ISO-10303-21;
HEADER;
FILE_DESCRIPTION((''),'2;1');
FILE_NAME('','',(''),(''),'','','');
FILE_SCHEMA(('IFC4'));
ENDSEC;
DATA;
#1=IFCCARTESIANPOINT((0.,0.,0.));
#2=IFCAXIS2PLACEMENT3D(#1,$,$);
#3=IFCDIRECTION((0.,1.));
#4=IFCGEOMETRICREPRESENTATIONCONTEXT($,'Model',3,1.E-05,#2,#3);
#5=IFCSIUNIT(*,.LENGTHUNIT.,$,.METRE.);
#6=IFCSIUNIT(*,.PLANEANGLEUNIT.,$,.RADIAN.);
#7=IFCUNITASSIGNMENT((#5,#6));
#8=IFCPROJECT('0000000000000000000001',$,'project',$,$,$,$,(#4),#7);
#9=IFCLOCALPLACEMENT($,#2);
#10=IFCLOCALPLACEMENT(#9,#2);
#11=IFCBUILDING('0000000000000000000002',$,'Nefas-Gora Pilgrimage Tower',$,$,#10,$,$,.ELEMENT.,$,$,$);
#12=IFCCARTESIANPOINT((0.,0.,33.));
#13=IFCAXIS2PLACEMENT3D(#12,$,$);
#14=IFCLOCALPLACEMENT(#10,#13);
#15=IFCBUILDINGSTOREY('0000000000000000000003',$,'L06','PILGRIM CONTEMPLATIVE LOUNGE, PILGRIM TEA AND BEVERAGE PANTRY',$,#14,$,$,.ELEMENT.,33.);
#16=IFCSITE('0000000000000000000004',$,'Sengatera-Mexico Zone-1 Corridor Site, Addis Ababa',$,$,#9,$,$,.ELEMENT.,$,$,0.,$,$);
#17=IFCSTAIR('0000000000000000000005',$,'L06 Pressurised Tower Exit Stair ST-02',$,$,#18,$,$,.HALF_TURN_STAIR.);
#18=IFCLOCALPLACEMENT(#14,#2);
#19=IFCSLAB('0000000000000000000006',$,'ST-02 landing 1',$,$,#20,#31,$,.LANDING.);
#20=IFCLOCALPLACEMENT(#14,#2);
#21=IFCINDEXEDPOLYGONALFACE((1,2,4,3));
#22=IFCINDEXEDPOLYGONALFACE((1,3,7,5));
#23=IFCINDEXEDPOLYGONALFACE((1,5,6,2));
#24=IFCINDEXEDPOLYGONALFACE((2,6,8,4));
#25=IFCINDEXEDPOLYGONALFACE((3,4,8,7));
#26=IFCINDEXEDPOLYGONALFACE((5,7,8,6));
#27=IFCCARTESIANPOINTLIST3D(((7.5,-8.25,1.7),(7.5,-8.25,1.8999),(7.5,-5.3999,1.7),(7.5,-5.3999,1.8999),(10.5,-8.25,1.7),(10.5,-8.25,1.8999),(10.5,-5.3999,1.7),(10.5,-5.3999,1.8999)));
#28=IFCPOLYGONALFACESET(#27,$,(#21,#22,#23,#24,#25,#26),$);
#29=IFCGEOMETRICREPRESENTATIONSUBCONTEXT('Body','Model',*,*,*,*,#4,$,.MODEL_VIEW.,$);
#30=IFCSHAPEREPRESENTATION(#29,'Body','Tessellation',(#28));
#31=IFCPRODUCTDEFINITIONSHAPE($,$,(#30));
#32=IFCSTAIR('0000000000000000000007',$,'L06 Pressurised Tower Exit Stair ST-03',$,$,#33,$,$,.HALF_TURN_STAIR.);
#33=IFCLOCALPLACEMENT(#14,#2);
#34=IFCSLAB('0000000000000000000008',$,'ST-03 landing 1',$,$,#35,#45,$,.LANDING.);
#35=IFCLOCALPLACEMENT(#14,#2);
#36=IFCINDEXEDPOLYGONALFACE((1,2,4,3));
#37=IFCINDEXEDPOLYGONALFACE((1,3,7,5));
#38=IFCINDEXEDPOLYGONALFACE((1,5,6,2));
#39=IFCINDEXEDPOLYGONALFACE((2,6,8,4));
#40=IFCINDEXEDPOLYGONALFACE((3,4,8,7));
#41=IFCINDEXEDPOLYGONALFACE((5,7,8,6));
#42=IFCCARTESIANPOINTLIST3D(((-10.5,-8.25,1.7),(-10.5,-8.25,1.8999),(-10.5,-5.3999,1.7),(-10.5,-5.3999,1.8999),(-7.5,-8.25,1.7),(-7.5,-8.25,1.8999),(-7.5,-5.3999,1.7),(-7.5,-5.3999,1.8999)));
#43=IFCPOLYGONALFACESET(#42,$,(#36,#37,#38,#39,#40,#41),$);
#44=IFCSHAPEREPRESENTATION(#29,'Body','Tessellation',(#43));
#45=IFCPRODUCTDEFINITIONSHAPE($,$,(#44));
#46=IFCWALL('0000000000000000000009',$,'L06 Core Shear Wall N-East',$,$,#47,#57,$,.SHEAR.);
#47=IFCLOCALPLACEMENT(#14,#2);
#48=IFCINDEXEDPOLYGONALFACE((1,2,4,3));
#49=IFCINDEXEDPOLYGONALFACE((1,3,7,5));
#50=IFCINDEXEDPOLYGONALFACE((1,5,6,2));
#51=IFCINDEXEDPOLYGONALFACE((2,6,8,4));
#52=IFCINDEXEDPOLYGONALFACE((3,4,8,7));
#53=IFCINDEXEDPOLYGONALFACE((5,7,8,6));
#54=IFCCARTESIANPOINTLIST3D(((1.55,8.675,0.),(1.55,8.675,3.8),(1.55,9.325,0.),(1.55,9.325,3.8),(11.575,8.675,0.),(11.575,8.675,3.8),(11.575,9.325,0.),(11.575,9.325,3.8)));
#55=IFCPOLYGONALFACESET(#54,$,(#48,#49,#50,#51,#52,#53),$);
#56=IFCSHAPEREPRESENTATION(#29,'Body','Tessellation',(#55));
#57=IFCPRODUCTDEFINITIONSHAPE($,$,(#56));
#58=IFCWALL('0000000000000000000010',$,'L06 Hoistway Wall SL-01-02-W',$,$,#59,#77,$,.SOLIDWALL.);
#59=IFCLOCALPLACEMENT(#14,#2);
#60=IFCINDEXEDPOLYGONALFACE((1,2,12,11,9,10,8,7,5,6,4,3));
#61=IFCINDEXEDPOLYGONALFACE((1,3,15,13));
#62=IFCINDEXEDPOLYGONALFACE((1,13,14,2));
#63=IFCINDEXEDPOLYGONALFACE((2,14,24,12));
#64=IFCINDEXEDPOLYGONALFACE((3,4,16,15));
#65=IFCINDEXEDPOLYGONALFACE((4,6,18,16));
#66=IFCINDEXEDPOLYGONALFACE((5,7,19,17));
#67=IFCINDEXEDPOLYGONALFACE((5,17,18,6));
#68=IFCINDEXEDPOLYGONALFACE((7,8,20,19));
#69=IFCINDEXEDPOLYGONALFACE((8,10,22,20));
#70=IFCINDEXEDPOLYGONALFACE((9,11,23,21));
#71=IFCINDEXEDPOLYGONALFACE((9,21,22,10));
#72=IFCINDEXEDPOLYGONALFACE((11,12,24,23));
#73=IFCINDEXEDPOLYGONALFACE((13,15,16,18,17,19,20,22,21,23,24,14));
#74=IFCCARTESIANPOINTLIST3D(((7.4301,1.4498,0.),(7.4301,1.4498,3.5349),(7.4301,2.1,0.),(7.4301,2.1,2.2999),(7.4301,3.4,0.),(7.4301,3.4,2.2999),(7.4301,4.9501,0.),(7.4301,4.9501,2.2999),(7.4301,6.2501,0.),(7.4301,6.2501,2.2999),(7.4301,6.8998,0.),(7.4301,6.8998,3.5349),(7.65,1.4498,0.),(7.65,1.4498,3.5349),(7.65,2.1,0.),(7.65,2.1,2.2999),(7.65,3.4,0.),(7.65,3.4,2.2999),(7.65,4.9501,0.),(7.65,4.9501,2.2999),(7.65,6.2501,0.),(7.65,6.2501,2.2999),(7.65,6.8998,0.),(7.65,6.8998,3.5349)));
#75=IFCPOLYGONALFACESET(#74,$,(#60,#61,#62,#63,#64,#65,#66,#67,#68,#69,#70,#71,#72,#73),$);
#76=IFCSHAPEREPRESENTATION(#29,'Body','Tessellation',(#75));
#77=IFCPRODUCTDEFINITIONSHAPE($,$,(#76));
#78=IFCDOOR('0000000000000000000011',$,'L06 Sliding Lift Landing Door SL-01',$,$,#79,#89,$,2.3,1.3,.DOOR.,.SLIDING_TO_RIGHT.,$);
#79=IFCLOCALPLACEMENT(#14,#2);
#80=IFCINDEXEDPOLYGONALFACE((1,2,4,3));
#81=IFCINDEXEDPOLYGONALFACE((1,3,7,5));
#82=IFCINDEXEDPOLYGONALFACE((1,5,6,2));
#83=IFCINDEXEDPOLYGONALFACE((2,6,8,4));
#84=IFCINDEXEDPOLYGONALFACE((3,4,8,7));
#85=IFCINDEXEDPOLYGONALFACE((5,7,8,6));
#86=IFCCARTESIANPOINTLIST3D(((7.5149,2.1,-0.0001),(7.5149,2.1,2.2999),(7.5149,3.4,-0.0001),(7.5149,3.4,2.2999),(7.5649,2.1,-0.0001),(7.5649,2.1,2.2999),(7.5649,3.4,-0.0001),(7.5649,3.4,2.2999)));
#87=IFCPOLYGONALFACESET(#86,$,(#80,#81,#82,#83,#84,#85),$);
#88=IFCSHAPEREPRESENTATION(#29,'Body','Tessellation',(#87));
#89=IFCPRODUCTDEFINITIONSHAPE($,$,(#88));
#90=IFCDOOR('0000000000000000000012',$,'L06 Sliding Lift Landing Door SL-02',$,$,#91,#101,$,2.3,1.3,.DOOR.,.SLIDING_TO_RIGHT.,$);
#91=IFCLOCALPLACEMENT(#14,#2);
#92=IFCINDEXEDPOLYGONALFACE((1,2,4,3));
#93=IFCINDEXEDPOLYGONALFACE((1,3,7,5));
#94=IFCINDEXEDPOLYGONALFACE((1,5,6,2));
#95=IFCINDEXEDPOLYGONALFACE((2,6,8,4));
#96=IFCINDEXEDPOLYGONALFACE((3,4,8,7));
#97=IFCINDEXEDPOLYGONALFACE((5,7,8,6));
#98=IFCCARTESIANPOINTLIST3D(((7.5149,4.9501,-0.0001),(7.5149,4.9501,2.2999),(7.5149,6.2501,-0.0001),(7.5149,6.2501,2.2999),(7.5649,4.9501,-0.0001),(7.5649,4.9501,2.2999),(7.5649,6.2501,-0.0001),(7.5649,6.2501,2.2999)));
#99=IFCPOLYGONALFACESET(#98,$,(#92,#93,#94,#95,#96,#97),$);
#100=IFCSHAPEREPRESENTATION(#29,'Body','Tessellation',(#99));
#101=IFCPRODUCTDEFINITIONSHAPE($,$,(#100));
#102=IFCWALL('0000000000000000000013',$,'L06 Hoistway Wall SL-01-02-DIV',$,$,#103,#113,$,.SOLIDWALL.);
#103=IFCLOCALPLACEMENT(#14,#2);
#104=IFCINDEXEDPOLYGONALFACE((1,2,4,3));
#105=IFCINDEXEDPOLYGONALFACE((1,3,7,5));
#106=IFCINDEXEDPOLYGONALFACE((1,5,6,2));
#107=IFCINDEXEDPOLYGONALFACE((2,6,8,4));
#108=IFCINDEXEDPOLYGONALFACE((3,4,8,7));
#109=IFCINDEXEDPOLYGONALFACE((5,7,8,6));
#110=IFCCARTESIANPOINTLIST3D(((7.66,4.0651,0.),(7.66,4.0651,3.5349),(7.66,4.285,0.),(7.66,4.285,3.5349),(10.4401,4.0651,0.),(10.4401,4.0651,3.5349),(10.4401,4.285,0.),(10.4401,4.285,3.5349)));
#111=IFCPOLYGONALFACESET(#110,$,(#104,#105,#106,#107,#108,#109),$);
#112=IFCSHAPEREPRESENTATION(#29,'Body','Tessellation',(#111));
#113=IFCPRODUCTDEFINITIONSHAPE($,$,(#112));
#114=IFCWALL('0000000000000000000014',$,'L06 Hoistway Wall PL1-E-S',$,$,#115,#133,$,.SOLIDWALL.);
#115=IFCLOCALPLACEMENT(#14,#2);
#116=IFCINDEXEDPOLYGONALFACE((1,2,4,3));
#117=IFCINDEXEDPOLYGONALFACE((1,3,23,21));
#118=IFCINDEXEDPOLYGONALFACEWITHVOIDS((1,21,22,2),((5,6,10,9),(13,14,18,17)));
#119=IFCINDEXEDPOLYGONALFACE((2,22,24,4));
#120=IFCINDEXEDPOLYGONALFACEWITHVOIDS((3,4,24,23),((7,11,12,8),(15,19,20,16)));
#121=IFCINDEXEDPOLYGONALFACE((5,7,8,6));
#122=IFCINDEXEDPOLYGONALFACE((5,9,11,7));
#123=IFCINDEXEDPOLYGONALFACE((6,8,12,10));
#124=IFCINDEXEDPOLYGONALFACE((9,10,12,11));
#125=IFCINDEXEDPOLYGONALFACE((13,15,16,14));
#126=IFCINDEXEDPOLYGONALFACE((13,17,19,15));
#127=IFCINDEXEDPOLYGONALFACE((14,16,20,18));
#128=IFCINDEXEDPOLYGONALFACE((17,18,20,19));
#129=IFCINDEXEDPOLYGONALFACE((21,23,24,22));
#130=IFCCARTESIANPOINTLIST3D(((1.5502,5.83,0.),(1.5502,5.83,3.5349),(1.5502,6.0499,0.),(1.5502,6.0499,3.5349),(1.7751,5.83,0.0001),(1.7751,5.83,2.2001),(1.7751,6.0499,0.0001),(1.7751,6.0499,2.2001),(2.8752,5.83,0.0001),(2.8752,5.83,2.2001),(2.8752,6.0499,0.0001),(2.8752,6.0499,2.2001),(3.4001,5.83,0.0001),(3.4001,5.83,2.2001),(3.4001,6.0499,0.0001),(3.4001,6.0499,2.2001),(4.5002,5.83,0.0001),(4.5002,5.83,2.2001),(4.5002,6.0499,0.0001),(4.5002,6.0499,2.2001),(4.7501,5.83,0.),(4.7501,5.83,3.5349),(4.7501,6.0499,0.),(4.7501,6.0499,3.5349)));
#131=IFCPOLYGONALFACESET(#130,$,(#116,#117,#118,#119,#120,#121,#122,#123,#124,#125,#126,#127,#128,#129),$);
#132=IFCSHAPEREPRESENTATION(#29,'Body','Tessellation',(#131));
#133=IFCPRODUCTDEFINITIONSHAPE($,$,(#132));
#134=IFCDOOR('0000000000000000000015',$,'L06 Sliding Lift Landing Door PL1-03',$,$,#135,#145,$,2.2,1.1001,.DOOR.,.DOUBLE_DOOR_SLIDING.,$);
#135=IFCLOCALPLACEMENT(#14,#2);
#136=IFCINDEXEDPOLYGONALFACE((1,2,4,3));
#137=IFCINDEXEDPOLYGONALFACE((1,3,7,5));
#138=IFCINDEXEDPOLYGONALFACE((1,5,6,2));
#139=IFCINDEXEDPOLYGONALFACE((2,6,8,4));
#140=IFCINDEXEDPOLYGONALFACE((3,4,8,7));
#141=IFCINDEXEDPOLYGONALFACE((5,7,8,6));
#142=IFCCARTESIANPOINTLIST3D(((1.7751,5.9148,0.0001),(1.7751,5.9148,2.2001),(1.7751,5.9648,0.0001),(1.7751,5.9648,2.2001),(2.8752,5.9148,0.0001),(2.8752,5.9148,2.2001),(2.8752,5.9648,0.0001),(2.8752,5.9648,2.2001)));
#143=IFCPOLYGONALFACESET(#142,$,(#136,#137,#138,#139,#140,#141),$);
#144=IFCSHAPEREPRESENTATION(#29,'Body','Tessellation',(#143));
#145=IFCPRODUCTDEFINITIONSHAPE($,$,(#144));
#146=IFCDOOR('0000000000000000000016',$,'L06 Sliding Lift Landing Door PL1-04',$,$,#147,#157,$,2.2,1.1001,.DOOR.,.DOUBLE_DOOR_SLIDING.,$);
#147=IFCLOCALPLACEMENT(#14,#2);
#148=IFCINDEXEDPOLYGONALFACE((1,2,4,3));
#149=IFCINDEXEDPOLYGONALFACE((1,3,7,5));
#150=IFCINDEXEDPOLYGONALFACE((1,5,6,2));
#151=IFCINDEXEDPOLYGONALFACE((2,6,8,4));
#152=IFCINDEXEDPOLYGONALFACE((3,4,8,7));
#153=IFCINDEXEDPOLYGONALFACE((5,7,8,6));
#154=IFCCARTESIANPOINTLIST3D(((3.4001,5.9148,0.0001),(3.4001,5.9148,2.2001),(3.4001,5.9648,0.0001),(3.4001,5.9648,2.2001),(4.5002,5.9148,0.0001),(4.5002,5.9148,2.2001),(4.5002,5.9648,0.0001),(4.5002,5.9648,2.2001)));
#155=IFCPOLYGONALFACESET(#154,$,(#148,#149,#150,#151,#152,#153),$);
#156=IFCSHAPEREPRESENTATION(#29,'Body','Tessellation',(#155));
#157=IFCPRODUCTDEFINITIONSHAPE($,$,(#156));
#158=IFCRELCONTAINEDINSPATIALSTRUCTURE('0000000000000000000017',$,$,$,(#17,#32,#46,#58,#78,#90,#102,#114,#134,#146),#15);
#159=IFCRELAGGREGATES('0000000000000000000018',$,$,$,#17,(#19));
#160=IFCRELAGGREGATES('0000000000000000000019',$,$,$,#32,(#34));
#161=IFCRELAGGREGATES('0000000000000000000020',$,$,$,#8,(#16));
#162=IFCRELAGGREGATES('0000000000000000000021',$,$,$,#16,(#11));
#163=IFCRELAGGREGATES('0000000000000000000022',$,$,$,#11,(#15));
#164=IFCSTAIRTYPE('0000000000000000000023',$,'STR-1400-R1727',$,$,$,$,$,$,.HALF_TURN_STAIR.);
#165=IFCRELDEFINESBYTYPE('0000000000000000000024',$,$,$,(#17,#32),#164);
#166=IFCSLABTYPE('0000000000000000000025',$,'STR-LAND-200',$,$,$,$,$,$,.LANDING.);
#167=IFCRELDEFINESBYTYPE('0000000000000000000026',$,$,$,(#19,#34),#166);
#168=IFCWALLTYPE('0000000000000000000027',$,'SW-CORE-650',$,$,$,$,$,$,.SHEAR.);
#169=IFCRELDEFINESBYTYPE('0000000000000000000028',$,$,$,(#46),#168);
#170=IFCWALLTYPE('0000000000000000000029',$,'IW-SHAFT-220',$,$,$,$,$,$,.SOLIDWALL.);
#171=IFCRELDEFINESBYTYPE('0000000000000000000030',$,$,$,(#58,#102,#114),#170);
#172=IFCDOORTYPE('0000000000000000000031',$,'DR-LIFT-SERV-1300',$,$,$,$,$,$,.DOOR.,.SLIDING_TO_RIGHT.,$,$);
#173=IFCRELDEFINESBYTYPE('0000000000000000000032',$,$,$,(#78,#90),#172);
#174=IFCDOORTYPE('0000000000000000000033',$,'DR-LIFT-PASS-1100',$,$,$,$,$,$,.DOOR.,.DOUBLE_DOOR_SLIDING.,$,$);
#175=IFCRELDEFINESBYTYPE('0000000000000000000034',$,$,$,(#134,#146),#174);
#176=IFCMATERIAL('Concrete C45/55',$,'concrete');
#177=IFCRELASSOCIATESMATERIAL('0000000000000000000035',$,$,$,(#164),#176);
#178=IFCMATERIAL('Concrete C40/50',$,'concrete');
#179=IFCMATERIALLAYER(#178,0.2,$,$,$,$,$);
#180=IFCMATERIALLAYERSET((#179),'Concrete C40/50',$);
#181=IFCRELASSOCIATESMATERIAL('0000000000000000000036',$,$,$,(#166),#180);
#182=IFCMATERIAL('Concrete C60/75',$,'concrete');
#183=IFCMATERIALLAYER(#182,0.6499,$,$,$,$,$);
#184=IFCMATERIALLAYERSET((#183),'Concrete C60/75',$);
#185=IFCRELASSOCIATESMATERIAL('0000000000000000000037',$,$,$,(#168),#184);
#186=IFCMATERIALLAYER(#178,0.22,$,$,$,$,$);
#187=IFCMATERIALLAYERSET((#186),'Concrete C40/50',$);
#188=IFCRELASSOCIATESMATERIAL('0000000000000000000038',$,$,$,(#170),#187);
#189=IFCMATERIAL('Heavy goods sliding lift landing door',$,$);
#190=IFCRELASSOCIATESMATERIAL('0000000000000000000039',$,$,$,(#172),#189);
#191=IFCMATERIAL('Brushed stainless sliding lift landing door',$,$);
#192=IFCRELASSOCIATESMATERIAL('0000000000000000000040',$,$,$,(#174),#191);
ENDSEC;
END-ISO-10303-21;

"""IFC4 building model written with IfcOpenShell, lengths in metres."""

from ifc_helpers import new_model, si_unit, direction, frame, frame_2d, origin, place, context, subcontext, project, spatial, polyline, rectangle, outline, extrude, source, transform, mapped, material, layer, layer_set, type_object, element, fill, aggregate, save


model = new_model("IFC4")

# Units and contexts
model_context = context("Model", 3, precision=1e-05, world=origin(), true_north=direction((0.0, 1.0)))
body_context = subcontext(model_context, "Body", "Model", "MODEL_VIEW")
ifc_project = project(units=[si_unit("LENGTHUNIT", "METRE"), si_unit("PLANEANGLEUNIT", "RADIAN")], contexts=[model_context])

# Site, building, storey
site_placement = place(None, origin())
site = spatial("IfcSite", under=ifc_project, at=site_placement, Name="Sengatera-Mexico Zone-1 Corridor Site, Addis Ababa", CompositionType="ELEMENT", RefElevation=0.0)
building_placement = place(site_placement, origin())
building = spatial("IfcBuilding", under=site, at=building_placement, Name="Nefas-Gora Pilgrimage Tower", CompositionType="ELEMENT")
storey_placement = place(building_placement, frame((0.0, 0.0, 33.0)))
storey = spatial("IfcBuildingStorey", under=building, at=storey_placement, Name="L06", Description="PILGRIM CONTEMPLATIVE LOUNGE, PILGRIM TEA AND BEVERAGE PANTRY", CompositionType="ELEMENT", Elevation=33.0)

# Stairs, slabs
ifc_material_1 = material(Name="Concrete C45/55", Category="concrete")
stair_type = type_object("IfcStairType", Name="STR-1400-R1727", PredefinedType="HALF_TURN_STAIR", material=ifc_material_1)
stair_1_placement = place(storey_placement, origin())
stair_1 = element("IfcStair", 1, at=stair_1_placement, inside=storey, type_object=stair_type, Name="L06 Pressurised Tower Exit Stair ST-02", PredefinedType="HALF_TURN_STAIR")
ifc_material_2 = material(Name="Concrete C40/50", Category="concrete")
ifc_layer_1 = layer(ifc_material_2, 0.2)
ifc_layer_set_1 = layer_set([ifc_layer_1], Name="Concrete C40/50")
slab_type = type_object("IfcSlabType", Name="STR-LAND-200", PredefinedType="LANDING", material=ifc_layer_set_1)
slab_1_placement = place(storey_placement, frame((0.0, 0.0, 1.7)))
slab_1 = element("IfcSlab", 2, at=slab_1_placement, type_object=slab_type, Name="ST-02 landing 1", PredefinedType="LANDING", context=body_context, shape_type="SweptSolid", body=[
    extrude(outline(polyline([(7.5, -5.3999), (7.5, -8.25), (10.5, -8.25), (10.5, -5.3999), (7.5, -5.3999)])), origin(), (0.0, 0.0, 1.0), 0.2),
])
aggregate(stair_1, [slab_1])
stair_2_placement = place(storey_placement, origin())
stair_2 = element("IfcStair", 3, at=stair_2_placement, inside=storey, type_object=stair_type, Name="L06 Pressurised Tower Exit Stair ST-03", PredefinedType="HALF_TURN_STAIR")
slab_2_placement = place(storey_placement, frame((0.0, 0.0, 1.7)))
slab_2 = element("IfcSlab", 4, at=slab_2_placement, type_object=slab_type, Name="ST-03 landing 1", PredefinedType="LANDING", context=body_context, shape_type="SweptSolid", body=[
    extrude(outline(polyline([(-10.5, -5.3999), (-10.5, -8.25), (-7.5, -8.25), (-7.5, -5.3999), (-10.5, -5.3999)])), origin(), (0.0, 0.0, 1.0), 0.2),
])
aggregate(stair_2, [slab_2])

# Wall
ifc_material_3 = material(Name="Concrete C60/75", Category="concrete")
ifc_layer_2 = layer(ifc_material_3, 0.6499)
ifc_layer_set_2 = layer_set([ifc_layer_2], Name="Concrete C60/75")
wall_type_1 = type_object("IfcWallType", Name="SW-CORE-650", PredefinedType="SHEAR", material=ifc_layer_set_2)
shared_shape_1 = source(origin(), body_context, "Body", "SweptSolid", [
    extrude(rectangle(XDim=10.0249, YDim=0.6499, at=frame_2d((5.0125, 0.0))), origin(), (0.0, 0.0, 1.0), 3.8),
])
wall_1_placement = place(storey_placement, frame((1.55, 9.0, 0.0), z_axis=(0.0, 0.0, 1.0), x_axis=(1.0, 0.0, 0.0)))
element("IfcWall", 5, at=wall_1_placement, inside=storey, type_object=wall_type_1, Name="L06 Core Shear Wall N-East", PredefinedType="SHEAR", context=body_context, shape_type="MappedRepresentation", body=[
    mapped(shared_shape_1, transform((0.0, 0.0, 0.0), x_axis=(1.0, 0.0, 0.0), y_axis=(0.0, 1.0, 0.0), z_axis=(0.0, 0.0, 1.0), scale=1.0)),
])

# Wall, openings, doors
ifc_layer_3 = layer(ifc_material_2, 0.22)
ifc_layer_set_3 = layer_set([ifc_layer_3], Name="Concrete C40/50")
wall_type_2 = type_object("IfcWallType", Name="IW-SHAFT-220", PredefinedType="SOLIDWALL", material=ifc_layer_set_3)
shared_shape_2 = source(origin(), body_context, "Body", "SweptSolid", [
    extrude(rectangle(XDim=5.45, YDim=0.22, at=frame_2d((2.7251, 0.0))), origin(), (0.0, 0.0, 1.0), 3.5349),
])
wall_2_placement = place(storey_placement, frame((7.54, 6.8999, 0.0), z_axis=(0.0, 0.0, 1.0), x_axis=(0.0, -1.0, 0.0)))
wall_2 = element("IfcWall", 6, at=wall_2_placement, inside=storey, type_object=wall_type_2, Name="L06 Hoistway Wall SL-01-02-W", PredefinedType="SOLIDWALL", context=body_context, shape_type="MappedRepresentation", body=[
    mapped(shared_shape_2, transform((0.0, 0.0, 0.0), x_axis=(1.0, 0.0, 0.0), y_axis=(0.0, 1.0, 0.0), z_axis=(0.0, 0.0, 1.0), scale=1.0)),
])
opening_1_placement = place(wall_2_placement, frame((3.5, 0.0, 0.0)))
opening_1 = element("IfcOpeningElement", 7, at=opening_1_placement, cuts=wall_2, PredefinedType="OPENING", context=body_context, shape_type="SweptSolid", body=[
    extrude(rectangle(XDim=1.3, YDim=2.3, at=frame_2d((0.6499, 1.1499))), frame((0.0, 0.1199, 0.0), z_axis=(0.0, -1.0, 0.0), x_axis=(1.0, 0.0, 0.0)), (0.0, 0.0, 1.0), 0.24),
])
opening_2_placement = place(wall_2_placement, frame((0.6499, 0.0, 0.0)))
opening_2 = element("IfcOpeningElement", 8, at=opening_2_placement, cuts=wall_2, PredefinedType="OPENING", context=body_context, shape_type="SweptSolid", body=[
    extrude(rectangle(XDim=1.3, YDim=2.3, at=frame_2d((0.6499, 1.1499))), frame((0.0, 0.1199, 0.0), z_axis=(0.0, -1.0, 0.0), x_axis=(1.0, 0.0, 0.0)), (0.0, 0.0, 1.0), 0.24),
])
ifc_material_4 = material(Name="Heavy goods sliding lift landing door")
door_type_1 = type_object("IfcDoorType", Name="DR-LIFT-SERV-1300", OperationType="SLIDING_TO_RIGHT", PredefinedType="DOOR", material=ifc_material_4)
shared_shape_3 = source(origin(), body_context, "Body", "SweptSolid", [
    extrude(rectangle(XDim=1.3, YDim=2.3, at=frame_2d((0.6499, 1.1499))), frame((0.0, 0.0249, 0.0), z_axis=(0.0, -1.0, 0.0), x_axis=(1.0, 0.0, 0.0)), (0.0, 0.0, 1.0), 0.05),
])
door_1_placement = place(opening_1_placement, origin())
door_1 = element("IfcDoor", 9, at=door_1_placement, inside=storey, type_object=door_type_1, Name="L06 Sliding Lift Landing Door SL-01", OperationType="SLIDING_TO_RIGHT", OverallHeight=2.3, OverallWidth=1.3, PredefinedType="DOOR", context=body_context, shape_type="MappedRepresentation", body=[
    mapped(shared_shape_3, transform((0.0, 0.0, 0.0), x_axis=(1.0, 0.0, 0.0), y_axis=(0.0, 1.0, 0.0), z_axis=(0.0, 0.0, 1.0), scale=1.0)),
])
fill(opening_1, door_1)
door_2_placement = place(opening_2_placement, origin())
door_2 = element("IfcDoor", 10, at=door_2_placement, inside=storey, type_object=door_type_1, Name="L06 Sliding Lift Landing Door SL-02", OperationType="SLIDING_TO_RIGHT", OverallHeight=2.3, OverallWidth=1.3, PredefinedType="DOOR", context=body_context, shape_type="MappedRepresentation", body=[
    mapped(shared_shape_3, transform((0.0, 0.0, 0.0), x_axis=(1.0, 0.0, 0.0), y_axis=(0.0, 1.0, 0.0), z_axis=(0.0, 0.0, 1.0), scale=1.0)),
])
fill(opening_2, door_2)

# Wall
shared_shape_4 = source(origin(), body_context, "Body", "SweptSolid", [
    extrude(rectangle(XDim=2.78, YDim=0.22, at=frame_2d((1.3901, 0.0))), origin(), (0.0, 0.0, 1.0), 3.5349),
])
wall_3_placement = place(storey_placement, frame((7.6599, 4.175, 0.0), z_axis=(0.0, 0.0, 1.0), x_axis=(1.0, 0.0, 0.0)))
element("IfcWall", 11, at=wall_3_placement, inside=storey, type_object=wall_type_2, Name="L06 Hoistway Wall SL-01-02-DIV", PredefinedType="SOLIDWALL", context=body_context, shape_type="MappedRepresentation", body=[
    mapped(shared_shape_4, transform((0.0, 0.0, 0.0), x_axis=(1.0, 0.0, 0.0), y_axis=(0.0, 1.0, 0.0), z_axis=(0.0, 0.0, 1.0), scale=1.0)),
])

# Wall, openings, doors
shared_shape_5 = source(origin(), body_context, "Body", "SweptSolid", [
    extrude(rectangle(XDim=3.2, YDim=0.22, at=frame_2d((1.6001, 0.0))), origin(), (0.0, 0.0, 1.0), 3.5349),
])
wall_4_placement = place(storey_placement, frame((1.55, 5.9399, 0.0), z_axis=(0.0, 0.0, 1.0), x_axis=(1.0, 0.0, 0.0)))
wall_4 = element("IfcWall", 12, at=wall_4_placement, inside=storey, type_object=wall_type_2, Name="L06 Hoistway Wall PL1-E-S", PredefinedType="SOLIDWALL", context=body_context, shape_type="MappedRepresentation", body=[
    mapped(shared_shape_5, transform((0.0, 0.0, 0.0), x_axis=(1.0, 0.0, 0.0), y_axis=(0.0, 1.0, 0.0), z_axis=(0.0, 0.0, 1.0), scale=1.0)),
])
opening_3_placement = place(wall_4_placement, frame((0.2251, 0.0, 0.0)))
opening_3 = element("IfcOpeningElement", 13, at=opening_3_placement, cuts=wall_4, PredefinedType="OPENING", context=body_context, shape_type="SweptSolid", body=[
    extrude(rectangle(XDim=1.1001, YDim=2.2, at=frame_2d((0.55, 1.1001))), frame((0.0, 0.1199, 0.0), z_axis=(0.0, -1.0, 0.0), x_axis=(1.0, 0.0, 0.0)), (0.0, 0.0, 1.0), 0.24),
])
opening_4_placement = place(wall_4_placement, frame((1.8501, 0.0, 0.0)))
opening_4 = element("IfcOpeningElement", 14, at=opening_4_placement, cuts=wall_4, PredefinedType="OPENING", context=body_context, shape_type="SweptSolid", body=[
    extrude(rectangle(XDim=1.1001, YDim=2.2, at=frame_2d((0.55, 1.1001))), frame((0.0, 0.1199, 0.0), z_axis=(0.0, -1.0, 0.0), x_axis=(1.0, 0.0, 0.0)), (0.0, 0.0, 1.0), 0.24),
])
ifc_material_5 = material(Name="Brushed stainless sliding lift landing door")
door_type_2 = type_object("IfcDoorType", Name="DR-LIFT-PASS-1100", OperationType="DOUBLE_DOOR_SLIDING", PredefinedType="DOOR", material=ifc_material_5)
shared_shape_6 = source(origin(), body_context, "Body", "SweptSolid", [
    extrude(rectangle(XDim=1.1001, YDim=2.2, at=frame_2d((0.55, 1.1001))), frame((0.0, 0.0249, 0.0), z_axis=(0.0, -1.0, 0.0), x_axis=(1.0, 0.0, 0.0)), (0.0, 0.0, 1.0), 0.05),
])
door_3_placement = place(opening_3_placement, origin())
door_3 = element("IfcDoor", 15, at=door_3_placement, inside=storey, type_object=door_type_2, Name="L06 Sliding Lift Landing Door PL1-03", OperationType="DOUBLE_DOOR_SLIDING", OverallHeight=2.2, OverallWidth=1.1001, PredefinedType="DOOR", context=body_context, shape_type="MappedRepresentation", body=[
    mapped(shared_shape_6, transform((0.0, 0.0, 0.0), x_axis=(1.0, 0.0, 0.0), y_axis=(0.0, 1.0, 0.0), z_axis=(0.0, 0.0, 1.0), scale=1.0)),
])
fill(opening_3, door_3)
door_4_placement = place(opening_4_placement, origin())
door_4 = element("IfcDoor", 16, at=door_4_placement, inside=storey, type_object=door_type_2, Name="L06 Sliding Lift Landing Door PL1-04", OperationType="DOUBLE_DOOR_SLIDING", OverallHeight=2.2, OverallWidth=1.1001, PredefinedType="DOOR", context=body_context, shape_type="MappedRepresentation", body=[
    mapped(shared_shape_6, transform((0.0, 0.0, 0.0), x_axis=(1.0, 0.0, 0.0), y_axis=(0.0, 1.0, 0.0), z_axis=(0.0, 0.0, 1.0), scale=1.0)),
])
fill(opening_4, door_4)

save(model, "model.ifc")
